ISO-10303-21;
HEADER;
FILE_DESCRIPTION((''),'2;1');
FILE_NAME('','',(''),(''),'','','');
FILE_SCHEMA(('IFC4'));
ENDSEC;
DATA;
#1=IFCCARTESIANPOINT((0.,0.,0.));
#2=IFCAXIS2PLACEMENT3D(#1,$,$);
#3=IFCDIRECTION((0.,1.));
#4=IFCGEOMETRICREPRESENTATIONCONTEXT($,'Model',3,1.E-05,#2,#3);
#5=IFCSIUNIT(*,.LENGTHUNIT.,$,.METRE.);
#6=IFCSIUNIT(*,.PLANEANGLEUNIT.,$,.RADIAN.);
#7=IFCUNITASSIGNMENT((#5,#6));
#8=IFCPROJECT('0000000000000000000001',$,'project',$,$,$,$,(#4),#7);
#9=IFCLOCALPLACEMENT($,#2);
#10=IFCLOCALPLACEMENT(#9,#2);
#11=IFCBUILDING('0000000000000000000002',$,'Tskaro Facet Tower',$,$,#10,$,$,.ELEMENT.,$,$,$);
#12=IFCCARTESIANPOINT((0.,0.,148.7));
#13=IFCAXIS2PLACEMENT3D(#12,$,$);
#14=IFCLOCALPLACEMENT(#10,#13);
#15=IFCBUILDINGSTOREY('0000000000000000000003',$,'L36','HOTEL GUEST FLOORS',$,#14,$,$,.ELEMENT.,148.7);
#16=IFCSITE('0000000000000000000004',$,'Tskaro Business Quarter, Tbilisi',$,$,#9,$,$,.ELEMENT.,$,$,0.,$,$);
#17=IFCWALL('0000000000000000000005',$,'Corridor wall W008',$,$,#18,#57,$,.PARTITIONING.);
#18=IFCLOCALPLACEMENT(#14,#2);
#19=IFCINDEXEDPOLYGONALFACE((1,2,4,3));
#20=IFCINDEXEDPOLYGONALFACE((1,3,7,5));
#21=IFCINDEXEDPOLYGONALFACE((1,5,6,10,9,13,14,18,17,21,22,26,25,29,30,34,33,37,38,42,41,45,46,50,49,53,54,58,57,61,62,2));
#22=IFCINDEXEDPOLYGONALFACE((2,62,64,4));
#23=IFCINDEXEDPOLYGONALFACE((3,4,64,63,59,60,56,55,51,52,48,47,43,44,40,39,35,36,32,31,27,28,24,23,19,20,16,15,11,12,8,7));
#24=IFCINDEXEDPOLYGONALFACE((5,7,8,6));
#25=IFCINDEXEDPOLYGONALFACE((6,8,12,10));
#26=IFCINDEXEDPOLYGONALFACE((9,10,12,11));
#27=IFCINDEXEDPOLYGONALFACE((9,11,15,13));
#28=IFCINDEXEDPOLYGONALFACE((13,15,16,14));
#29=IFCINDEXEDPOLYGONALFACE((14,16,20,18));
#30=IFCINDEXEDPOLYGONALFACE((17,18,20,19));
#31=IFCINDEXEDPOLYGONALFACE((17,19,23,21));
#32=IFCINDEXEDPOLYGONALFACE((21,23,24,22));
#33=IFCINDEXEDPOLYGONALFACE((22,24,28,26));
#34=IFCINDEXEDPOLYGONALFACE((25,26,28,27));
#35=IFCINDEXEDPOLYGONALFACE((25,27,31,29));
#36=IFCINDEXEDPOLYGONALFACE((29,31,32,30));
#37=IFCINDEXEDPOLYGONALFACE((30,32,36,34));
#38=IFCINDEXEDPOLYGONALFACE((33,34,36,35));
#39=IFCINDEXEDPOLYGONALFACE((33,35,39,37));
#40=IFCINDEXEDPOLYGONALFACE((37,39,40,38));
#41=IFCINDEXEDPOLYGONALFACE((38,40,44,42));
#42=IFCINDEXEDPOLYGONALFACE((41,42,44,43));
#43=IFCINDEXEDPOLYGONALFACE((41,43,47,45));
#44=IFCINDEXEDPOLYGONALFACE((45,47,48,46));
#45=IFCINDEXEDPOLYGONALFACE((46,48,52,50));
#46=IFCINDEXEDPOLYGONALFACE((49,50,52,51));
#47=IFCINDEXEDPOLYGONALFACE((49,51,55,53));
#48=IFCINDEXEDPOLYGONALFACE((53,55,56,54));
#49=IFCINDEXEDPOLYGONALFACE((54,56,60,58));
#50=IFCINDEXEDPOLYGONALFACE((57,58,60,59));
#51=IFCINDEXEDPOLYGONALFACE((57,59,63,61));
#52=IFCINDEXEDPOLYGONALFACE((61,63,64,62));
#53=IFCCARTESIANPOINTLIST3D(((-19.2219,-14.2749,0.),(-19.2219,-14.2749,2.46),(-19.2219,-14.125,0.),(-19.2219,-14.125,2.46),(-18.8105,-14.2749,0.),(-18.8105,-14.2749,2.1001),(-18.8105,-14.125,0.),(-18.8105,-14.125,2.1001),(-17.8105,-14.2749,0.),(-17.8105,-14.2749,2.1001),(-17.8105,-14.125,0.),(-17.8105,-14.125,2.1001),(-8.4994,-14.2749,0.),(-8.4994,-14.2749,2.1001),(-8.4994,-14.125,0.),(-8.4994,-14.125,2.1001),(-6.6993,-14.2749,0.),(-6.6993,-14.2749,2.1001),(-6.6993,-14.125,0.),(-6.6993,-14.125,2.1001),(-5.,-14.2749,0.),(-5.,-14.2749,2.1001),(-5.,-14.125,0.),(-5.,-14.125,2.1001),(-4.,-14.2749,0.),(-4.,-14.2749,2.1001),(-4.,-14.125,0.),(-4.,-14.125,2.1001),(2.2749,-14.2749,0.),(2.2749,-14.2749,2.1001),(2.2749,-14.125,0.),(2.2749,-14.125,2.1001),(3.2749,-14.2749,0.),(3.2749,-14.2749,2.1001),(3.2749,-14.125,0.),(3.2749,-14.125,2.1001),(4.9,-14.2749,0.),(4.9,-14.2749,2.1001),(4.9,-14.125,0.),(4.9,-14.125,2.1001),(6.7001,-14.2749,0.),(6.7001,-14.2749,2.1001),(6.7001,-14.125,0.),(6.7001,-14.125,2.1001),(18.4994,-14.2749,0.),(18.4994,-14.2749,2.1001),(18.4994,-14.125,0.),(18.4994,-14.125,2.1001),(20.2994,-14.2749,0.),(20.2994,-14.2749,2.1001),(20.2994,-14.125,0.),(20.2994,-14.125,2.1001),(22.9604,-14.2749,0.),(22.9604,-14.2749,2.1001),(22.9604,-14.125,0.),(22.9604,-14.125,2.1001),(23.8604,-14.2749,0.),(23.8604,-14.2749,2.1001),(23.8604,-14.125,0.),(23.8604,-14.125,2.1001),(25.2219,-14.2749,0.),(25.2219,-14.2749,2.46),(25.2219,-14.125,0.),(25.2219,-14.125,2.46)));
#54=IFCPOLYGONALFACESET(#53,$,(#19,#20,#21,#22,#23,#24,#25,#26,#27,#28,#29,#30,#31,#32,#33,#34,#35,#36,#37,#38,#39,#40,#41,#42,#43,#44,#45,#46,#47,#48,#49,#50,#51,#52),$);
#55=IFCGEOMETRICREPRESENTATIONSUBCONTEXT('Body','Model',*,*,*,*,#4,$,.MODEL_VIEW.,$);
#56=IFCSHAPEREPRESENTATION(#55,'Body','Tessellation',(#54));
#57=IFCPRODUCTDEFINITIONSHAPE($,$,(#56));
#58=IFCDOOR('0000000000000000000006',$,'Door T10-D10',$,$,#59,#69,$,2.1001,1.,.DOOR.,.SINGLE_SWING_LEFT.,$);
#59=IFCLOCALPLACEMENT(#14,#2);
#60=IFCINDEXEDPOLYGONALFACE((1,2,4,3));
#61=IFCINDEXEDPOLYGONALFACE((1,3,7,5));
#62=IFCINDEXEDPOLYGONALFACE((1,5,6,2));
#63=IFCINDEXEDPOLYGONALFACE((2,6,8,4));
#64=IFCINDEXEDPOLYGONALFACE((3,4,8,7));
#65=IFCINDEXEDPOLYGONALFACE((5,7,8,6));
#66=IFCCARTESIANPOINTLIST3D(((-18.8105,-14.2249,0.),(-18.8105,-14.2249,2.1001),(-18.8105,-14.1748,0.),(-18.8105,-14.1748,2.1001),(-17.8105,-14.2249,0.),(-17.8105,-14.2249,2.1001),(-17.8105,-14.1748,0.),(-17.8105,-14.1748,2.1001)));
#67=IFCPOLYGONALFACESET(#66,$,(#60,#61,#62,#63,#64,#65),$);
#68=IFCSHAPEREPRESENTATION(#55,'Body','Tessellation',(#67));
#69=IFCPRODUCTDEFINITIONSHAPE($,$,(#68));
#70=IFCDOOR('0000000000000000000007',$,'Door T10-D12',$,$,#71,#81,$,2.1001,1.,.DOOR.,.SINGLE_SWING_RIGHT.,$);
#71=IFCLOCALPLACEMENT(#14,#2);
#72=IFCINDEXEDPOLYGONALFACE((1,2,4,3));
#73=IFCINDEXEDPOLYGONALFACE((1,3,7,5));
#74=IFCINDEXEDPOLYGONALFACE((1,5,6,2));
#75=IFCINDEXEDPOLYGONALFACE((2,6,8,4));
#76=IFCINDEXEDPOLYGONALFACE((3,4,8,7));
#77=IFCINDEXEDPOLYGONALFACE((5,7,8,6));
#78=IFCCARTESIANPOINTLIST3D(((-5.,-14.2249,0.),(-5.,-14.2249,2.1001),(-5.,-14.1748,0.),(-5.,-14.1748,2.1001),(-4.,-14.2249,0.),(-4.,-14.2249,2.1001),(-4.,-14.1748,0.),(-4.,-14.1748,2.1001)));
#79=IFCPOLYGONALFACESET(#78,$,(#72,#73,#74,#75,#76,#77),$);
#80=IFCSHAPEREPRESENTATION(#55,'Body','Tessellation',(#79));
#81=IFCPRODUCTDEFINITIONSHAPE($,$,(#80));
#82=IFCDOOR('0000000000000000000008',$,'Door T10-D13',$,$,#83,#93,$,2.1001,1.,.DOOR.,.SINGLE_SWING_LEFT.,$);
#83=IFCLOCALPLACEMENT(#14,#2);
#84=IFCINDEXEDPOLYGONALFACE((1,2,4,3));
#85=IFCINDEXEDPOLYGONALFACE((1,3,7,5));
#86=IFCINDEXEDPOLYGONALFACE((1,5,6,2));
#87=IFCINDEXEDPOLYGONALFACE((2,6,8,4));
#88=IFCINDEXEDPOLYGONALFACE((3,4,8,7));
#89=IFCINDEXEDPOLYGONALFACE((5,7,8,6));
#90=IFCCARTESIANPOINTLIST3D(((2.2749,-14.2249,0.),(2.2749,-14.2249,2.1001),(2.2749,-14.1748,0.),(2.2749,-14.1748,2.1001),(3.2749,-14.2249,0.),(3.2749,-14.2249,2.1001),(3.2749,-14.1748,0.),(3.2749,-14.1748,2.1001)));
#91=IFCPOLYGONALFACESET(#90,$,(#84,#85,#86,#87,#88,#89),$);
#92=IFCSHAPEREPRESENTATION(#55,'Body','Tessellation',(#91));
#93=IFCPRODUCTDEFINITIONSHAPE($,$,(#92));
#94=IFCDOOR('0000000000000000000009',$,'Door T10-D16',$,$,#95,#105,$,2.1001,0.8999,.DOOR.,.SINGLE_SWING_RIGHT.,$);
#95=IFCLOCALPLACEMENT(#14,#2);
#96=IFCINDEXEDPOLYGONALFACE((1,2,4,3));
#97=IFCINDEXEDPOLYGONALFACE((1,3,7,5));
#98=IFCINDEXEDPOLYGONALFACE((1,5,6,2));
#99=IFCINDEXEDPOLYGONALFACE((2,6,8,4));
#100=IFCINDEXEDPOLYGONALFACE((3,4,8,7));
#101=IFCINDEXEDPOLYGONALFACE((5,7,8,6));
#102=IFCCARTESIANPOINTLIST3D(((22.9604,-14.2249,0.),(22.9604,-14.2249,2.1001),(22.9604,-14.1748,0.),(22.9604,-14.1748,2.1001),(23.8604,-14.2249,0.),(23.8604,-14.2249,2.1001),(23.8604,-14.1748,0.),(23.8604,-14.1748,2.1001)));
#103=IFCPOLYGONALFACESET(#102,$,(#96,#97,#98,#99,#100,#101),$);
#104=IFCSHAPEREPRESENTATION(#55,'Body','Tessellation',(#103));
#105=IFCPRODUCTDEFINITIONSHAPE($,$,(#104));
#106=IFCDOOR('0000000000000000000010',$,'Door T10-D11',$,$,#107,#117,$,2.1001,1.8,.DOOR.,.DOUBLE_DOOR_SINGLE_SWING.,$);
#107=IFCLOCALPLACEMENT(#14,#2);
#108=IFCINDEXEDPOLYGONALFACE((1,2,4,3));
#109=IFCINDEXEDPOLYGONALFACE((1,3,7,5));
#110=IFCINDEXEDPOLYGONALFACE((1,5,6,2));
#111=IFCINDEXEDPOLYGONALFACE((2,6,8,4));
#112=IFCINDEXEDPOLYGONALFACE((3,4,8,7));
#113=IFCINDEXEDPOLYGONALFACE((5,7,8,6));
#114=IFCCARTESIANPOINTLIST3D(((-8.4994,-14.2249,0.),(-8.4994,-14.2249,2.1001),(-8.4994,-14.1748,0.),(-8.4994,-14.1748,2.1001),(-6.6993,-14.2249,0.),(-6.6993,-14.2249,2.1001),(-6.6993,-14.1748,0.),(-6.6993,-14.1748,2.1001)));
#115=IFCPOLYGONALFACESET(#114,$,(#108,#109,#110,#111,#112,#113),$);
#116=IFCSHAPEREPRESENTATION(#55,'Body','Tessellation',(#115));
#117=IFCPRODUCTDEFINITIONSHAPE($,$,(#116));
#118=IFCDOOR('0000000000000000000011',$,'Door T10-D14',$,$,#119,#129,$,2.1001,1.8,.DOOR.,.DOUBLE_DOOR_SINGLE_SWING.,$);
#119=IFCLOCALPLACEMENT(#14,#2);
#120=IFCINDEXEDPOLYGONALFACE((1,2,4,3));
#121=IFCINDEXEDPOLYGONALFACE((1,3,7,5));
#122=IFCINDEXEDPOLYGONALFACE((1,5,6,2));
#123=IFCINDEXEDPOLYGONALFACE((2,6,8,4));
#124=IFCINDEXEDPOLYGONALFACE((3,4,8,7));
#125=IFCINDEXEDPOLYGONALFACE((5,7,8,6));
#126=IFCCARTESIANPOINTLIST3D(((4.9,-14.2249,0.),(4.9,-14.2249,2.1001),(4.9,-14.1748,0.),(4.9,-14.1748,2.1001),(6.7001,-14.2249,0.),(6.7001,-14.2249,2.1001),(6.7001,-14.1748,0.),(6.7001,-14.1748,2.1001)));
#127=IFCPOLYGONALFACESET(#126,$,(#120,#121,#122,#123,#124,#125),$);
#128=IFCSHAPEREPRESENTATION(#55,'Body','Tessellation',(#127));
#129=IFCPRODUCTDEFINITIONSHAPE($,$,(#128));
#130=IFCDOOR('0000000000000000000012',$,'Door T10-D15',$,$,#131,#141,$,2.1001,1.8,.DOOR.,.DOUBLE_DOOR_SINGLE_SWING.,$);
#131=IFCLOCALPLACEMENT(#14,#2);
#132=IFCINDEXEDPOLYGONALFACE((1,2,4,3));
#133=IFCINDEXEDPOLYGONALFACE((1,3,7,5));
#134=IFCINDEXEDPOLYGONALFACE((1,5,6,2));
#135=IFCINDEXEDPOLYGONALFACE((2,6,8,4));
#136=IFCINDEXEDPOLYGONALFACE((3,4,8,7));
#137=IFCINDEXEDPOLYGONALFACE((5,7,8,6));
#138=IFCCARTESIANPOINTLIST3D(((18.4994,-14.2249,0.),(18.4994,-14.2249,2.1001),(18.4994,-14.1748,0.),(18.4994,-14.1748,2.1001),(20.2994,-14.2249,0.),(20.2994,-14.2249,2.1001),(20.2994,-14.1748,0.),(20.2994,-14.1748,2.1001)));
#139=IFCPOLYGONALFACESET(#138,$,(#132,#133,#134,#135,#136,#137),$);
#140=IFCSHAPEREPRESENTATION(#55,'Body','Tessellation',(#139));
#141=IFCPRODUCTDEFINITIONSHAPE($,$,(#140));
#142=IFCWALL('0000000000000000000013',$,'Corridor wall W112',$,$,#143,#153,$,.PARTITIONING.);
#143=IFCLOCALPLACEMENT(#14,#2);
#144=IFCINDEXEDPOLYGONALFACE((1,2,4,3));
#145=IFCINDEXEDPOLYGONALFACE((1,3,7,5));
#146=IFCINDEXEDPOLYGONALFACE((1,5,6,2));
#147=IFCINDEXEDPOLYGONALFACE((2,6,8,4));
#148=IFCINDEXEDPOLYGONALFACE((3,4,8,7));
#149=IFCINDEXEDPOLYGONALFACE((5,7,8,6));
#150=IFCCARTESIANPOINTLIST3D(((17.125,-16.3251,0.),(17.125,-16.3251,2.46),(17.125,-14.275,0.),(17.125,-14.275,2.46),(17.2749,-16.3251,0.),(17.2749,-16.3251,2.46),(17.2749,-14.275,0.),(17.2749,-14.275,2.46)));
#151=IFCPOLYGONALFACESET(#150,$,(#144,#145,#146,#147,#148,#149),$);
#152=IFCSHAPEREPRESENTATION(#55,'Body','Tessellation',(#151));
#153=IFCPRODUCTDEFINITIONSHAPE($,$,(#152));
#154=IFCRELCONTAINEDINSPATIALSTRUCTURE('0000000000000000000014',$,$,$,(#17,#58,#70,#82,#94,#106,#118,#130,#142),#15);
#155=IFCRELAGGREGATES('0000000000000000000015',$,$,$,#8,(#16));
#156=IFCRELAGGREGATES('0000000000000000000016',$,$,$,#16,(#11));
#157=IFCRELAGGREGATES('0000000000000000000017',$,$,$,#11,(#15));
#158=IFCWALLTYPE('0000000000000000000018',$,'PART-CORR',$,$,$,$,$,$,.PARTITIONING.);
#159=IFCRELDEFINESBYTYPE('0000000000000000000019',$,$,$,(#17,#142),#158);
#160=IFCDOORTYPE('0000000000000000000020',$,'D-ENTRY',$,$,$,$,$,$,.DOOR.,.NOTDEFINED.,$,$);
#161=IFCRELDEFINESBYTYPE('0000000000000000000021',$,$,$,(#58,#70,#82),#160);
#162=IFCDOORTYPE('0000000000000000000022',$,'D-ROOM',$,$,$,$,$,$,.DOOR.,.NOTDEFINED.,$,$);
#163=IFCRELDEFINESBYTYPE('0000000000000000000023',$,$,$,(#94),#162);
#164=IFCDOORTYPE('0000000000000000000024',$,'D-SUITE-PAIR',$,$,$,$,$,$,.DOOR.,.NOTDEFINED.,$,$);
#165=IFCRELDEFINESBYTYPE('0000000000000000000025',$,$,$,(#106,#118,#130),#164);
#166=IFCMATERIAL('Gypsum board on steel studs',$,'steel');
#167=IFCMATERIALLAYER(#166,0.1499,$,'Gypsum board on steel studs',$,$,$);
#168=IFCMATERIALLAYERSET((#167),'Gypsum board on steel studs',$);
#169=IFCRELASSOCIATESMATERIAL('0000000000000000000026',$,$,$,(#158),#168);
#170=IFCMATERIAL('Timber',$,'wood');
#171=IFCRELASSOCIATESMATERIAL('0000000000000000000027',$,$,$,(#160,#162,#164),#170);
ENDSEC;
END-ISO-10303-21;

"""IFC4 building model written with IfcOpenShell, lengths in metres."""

from ifc_helpers import new_model, si_unit, direction, frame, frame_2d, origin, place, context, subcontext, project, spatial, rectangle, extrude, material, layer, layer_set, type_object, element, fill, save


model = new_model("IFC4")

# Units and contexts
model_context = context("Model", 3, precision=1e-05, world=origin(), true_north=direction((0.0, 1.0)))
body_context = subcontext(model_context, "Body", "Model", "MODEL_VIEW")
ifc_project = project(units=[si_unit("LENGTHUNIT", "METRE"), si_unit("PLANEANGLEUNIT", "RADIAN")], contexts=[model_context])

# Site, building, storey
site_placement = place(None, origin())
site = spatial("IfcSite", under=ifc_project, at=site_placement, Name="Tskaro Business Quarter, Tbilisi", CompositionType="ELEMENT", RefElevation=0.0)
building_placement = place(site_placement, origin())
building = spatial("IfcBuilding", under=site, at=building_placement, Name="Tskaro Facet Tower", CompositionType="ELEMENT")
storey_placement = place(building_placement, frame((0.0, 0.0, 148.7)))
storey = spatial("IfcBuildingStorey", under=building, at=storey_placement, Name="L36", Description="HOTEL GUEST FLOORS", CompositionType="ELEMENT", Elevation=148.7)

# Wall, openings, doors
ifc_material_1 = material(Name="Gypsum board on steel studs", Category="steel")
ifc_layer_1 = layer(ifc_material_1, 0.1499, Name="Gypsum board on steel studs")
ifc_layer_set_1 = layer_set([ifc_layer_1], Name="Gypsum board on steel studs")
wall_type_1 = type_object("IfcWallType", Name="PART-CORR", PredefinedType="PARTITIONING", material=ifc_layer_set_1)
wall_1_placement = place(storey_placement, frame((25.2219, -14.2, 0.0), z_axis=(0.0, 0.0, 1.0), x_axis=(-1.0, 0.0, 0.0)))
wall_1 = element("IfcWall", 1, at=wall_1_placement, inside=storey, type_object=wall_type_1, Name="Corridor wall W008", PredefinedType="PARTITIONING", context=body_context, shape_type="SweptSolid", body=[
    extrude(rectangle(XDim=44.4438, YDim=0.1499, at=frame_2d((22.2219, 0.0))), origin(), (0.0, 0.0, 1.0), 2.46),
])
opening_1_placement = place(wall_1_placement, frame((43.0325, 0.0, 0.0)))
opening_1 = element("IfcOpeningElement", 2, at=opening_1_placement, cuts=wall_1, PredefinedType="OPENING", context=body_context, shape_type="SweptSolid", body=[
    extrude(rectangle(XDim=1.0, YDim=2.1001, at=frame_2d((0.5, 1.05))), frame((0.0, 0.085, 0.0), z_axis=(0.0, -1.0, 0.0), x_axis=(1.0, 0.0, 0.0)), (0.0, 0.0, 1.0), 0.1699),
])
opening_2_placement = place(wall_1_placement, frame((31.9214, 0.0, 0.0)))
opening_2 = element("IfcOpeningElement", 3, at=opening_2_placement, cuts=wall_1, PredefinedType="OPENING", context=body_context, shape_type="SweptSolid", body=[
    extrude(rectangle(XDim=1.8, YDim=2.1001, at=frame_2d((0.8999, 1.05))), frame((0.0, 0.085, 0.0), z_axis=(0.0, -1.0, 0.0), x_axis=(1.0, 0.0, 0.0)), (0.0, 0.0, 1.0), 0.1699),
])
opening_3_placement = place(wall_1_placement, frame((29.2219, 0.0, 0.0)))
opening_3 = element("IfcOpeningElement", 4, at=opening_3_placement, cuts=wall_1, PredefinedType="OPENING", context=body_context, shape_type="SweptSolid", body=[
    extrude(rectangle(XDim=1.0, YDim=2.1001, at=frame_2d((0.5, 1.05))), frame((0.0, 0.085, 0.0), z_axis=(0.0, -1.0, 0.0), x_axis=(1.0, 0.0, 0.0)), (0.0, 0.0, 1.0), 0.1699),
])
opening_4_placement = place(wall_1_placement, frame((21.947, 0.0, 0.0)))
opening_4 = element("IfcOpeningElement", 5, at=opening_4_placement, cuts=wall_1, PredefinedType="OPENING", context=body_context, shape_type="SweptSolid", body=[
    extrude(rectangle(XDim=1.0, YDim=2.1001, at=frame_2d((0.5, 1.05))), frame((0.0, 0.085, 0.0), z_axis=(0.0, -1.0, 0.0), x_axis=(1.0, 0.0, 0.0)), (0.0, 0.0, 1.0), 0.1699),
])
opening_5_placement = place(wall_1_placement, frame((18.522, 0.0, 0.0)))
opening_5 = element("IfcOpeningElement", 6, at=opening_5_placement, cuts=wall_1, PredefinedType="OPENING", context=body_context, shape_type="SweptSolid", body=[
    extrude(rectangle(XDim=1.8, YDim=2.1001, at=frame_2d((0.8999, 1.05))), frame((0.0, 0.085, 0.0), z_axis=(0.0, -1.0, 0.0), x_axis=(1.0, 0.0, 0.0)), (0.0, 0.0, 1.0), 0.1699),
])
opening_6_placement = place(wall_1_placement, frame((4.9226, 0.0, 0.0)))
opening_6 = element("IfcOpeningElement", 7, at=opening_6_placement, cuts=wall_1, PredefinedType="OPENING", context=body_context, shape_type="SweptSolid", body=[
    extrude(rectangle(XDim=1.8, YDim=2.1001, at=frame_2d((0.8999, 1.05))), frame((0.0, 0.085, 0.0), z_axis=(0.0, -1.0, 0.0), x_axis=(1.0, 0.0, 0.0)), (0.0, 0.0, 1.0), 0.1699),
])
opening_7_placement = place(wall_1_placement, frame((1.3616, 0.0, 0.0)))
opening_7 = element("IfcOpeningElement", 8, at=opening_7_placement, cuts=wall_1, PredefinedType="OPENING", context=body_context, shape_type="SweptSolid", body=[
    extrude(rectangle(XDim=0.8999, YDim=2.1001, at=frame_2d((0.45, 1.05))), frame((0.0, 0.085, 0.0), z_axis=(0.0, -1.0, 0.0), x_axis=(1.0, 0.0, 0.0)), (0.0, 0.0, 1.0), 0.1699),
])
ifc_material_2 = material(Name="Timber", Category="wood")
door_type_1 = type_object("IfcDoorType", Name="D-ENTRY", OperationType="NOTDEFINED", PredefinedType="DOOR", material=ifc_material_2)
door_1_placement = place(opening_1_placement, origin())
door_1 = element("IfcDoor", 9, at=door_1_placement, inside=storey, type_object=door_type_1, Name="Door T10-D10", OperationType="SINGLE_SWING_LEFT", OverallHeight=2.1001, OverallWidth=1.0, PredefinedType="DOOR", context=body_context, shape_type="SweptSolid", body=[
    extrude(rectangle(XDim=1.0, YDim=2.1001, at=frame_2d((0.5, 1.05))), frame((0.0, 0.0249, 0.0), z_axis=(0.0, -1.0, 0.0), x_axis=(1.0, 0.0, 0.0)), (0.0, 0.0, 1.0), 0.05),
])
fill(opening_1, door_1)
door_2_placement = place(opening_3_placement, origin())
door_2 = element("IfcDoor", 10, at=door_2_placement, inside=storey, type_object=door_type_1, Name="Door T10-D12", OperationType="SINGLE_SWING_RIGHT", OverallHeight=2.1001, OverallWidth=1.0, PredefinedType="DOOR", context=body_context, shape_type="SweptSolid", body=[
    extrude(rectangle(XDim=1.0, YDim=2.1001, at=frame_2d((0.5, 1.05))), frame((0.0, 0.0249, 0.0), z_axis=(0.0, -1.0, 0.0), x_axis=(1.0, 0.0, 0.0)), (0.0, 0.0, 1.0), 0.05),
])
fill(opening_3, door_2)
door_3_placement = place(opening_4_placement, origin())
door_3 = element("IfcDoor", 11, at=door_3_placement, inside=storey, type_object=door_type_1, Name="Door T10-D13", OperationType="SINGLE_SWING_LEFT", OverallHeight=2.1001, OverallWidth=1.0, PredefinedType="DOOR", context=body_context, shape_type="SweptSolid", body=[
    extrude(rectangle(XDim=1.0, YDim=2.1001, at=frame_2d((0.5, 1.05))), frame((0.0, 0.0249, 0.0), z_axis=(0.0, -1.0, 0.0), x_axis=(1.0, 0.0, 0.0)), (0.0, 0.0, 1.0), 0.05),
])
fill(opening_4, door_3)
door_type_2 = type_object("IfcDoorType", Name="D-ROOM", OperationType="NOTDEFINED", PredefinedType="DOOR", material=ifc_material_2)
door_4_placement = place(opening_7_placement, origin())
door_4 = element("IfcDoor", 12, at=door_4_placement, inside=storey, type_object=door_type_2, Name="Door T10-D16", OperationType="SINGLE_SWING_RIGHT", OverallHeight=2.1001, OverallWidth=0.8999, PredefinedType="DOOR", context=body_context, shape_type="SweptSolid", body=[
    extrude(rectangle(XDim=0.8999, YDim=2.1001, at=frame_2d((0.45, 1.05))), frame((0.0, 0.0249, 0.0), z_axis=(0.0, -1.0, 0.0), x_axis=(1.0, 0.0, 0.0)), (0.0, 0.0, 1.0), 0.05),
])
fill(opening_7, door_4)
door_type_3 = type_object("IfcDoorType", Name="D-SUITE-PAIR", OperationType="NOTDEFINED", PredefinedType="DOOR", material=ifc_material_2)
door_5_placement = place(opening_2_placement, origin())
door_5 = element("IfcDoor", 13, at=door_5_placement, inside=storey, type_object=door_type_3, Name="Door T10-D11", OperationType="DOUBLE_DOOR_SINGLE_SWING", OverallHeight=2.1001, OverallWidth=1.8, PredefinedType="DOOR", context=body_context, shape_type="SweptSolid", body=[
    extrude(rectangle(XDim=1.8, YDim=2.1001, at=frame_2d((0.8999, 1.05))), frame((0.0, 0.0249, 0.0), z_axis=(0.0, -1.0, 0.0), x_axis=(1.0, 0.0, 0.0)), (0.0, 0.0, 1.0), 0.05),
])
fill(opening_2, door_5)
door_6_placement = place(opening_5_placement, origin())
door_6 = element("IfcDoor", 14, at=door_6_placement, inside=storey, type_object=door_type_3, Name="Door T10-D14", OperationType="DOUBLE_DOOR_SINGLE_SWING", OverallHeight=2.1001, OverallWidth=1.8, PredefinedType="DOOR", context=body_context, shape_type="SweptSolid", body=[
    extrude(rectangle(XDim=1.8, YDim=2.1001, at=frame_2d((0.8999, 1.05))), frame((0.0, 0.0249, 0.0), z_axis=(0.0, -1.0, 0.0), x_axis=(1.0, 0.0, 0.0)), (0.0, 0.0, 1.0), 0.05),
])
fill(opening_5, door_6)
door_7_placement = place(opening_6_placement, origin())
door_7 = element("IfcDoor", 15, at=door_7_placement, inside=storey, type_object=door_type_3, Name="Door T10-D15", OperationType="DOUBLE_DOOR_SINGLE_SWING", OverallHeight=2.1001, OverallWidth=1.8, PredefinedType="DOOR", context=body_context, shape_type="SweptSolid", body=[
    extrude(rectangle(XDim=1.8, YDim=2.1001, at=frame_2d((0.8999, 1.05))), frame((0.0, 0.0249, 0.0), z_axis=(0.0, -1.0, 0.0), x_axis=(1.0, 0.0, 0.0)), (0.0, 0.0, 1.0), 0.05),
])
fill(opening_6, door_7)

# Wall
wall_2_placement = place(storey_placement, frame((17.2, -16.325, 0.0), z_axis=(0.0, 0.0, 1.0), x_axis=(0.0, 1.0, 0.0)))
element("IfcWall", 16, at=wall_2_placement, inside=storey, type_object=wall_type_1, Name="Corridor wall W112", PredefinedType="PARTITIONING", context=body_context, shape_type="SweptSolid", body=[
    extrude(rectangle(XDim=2.05, YDim=0.1499, at=frame_2d((1.0249, 0.0))), origin(), (0.0, 0.0, 1.0), 2.46),
])

save(model, "model.ifc")
